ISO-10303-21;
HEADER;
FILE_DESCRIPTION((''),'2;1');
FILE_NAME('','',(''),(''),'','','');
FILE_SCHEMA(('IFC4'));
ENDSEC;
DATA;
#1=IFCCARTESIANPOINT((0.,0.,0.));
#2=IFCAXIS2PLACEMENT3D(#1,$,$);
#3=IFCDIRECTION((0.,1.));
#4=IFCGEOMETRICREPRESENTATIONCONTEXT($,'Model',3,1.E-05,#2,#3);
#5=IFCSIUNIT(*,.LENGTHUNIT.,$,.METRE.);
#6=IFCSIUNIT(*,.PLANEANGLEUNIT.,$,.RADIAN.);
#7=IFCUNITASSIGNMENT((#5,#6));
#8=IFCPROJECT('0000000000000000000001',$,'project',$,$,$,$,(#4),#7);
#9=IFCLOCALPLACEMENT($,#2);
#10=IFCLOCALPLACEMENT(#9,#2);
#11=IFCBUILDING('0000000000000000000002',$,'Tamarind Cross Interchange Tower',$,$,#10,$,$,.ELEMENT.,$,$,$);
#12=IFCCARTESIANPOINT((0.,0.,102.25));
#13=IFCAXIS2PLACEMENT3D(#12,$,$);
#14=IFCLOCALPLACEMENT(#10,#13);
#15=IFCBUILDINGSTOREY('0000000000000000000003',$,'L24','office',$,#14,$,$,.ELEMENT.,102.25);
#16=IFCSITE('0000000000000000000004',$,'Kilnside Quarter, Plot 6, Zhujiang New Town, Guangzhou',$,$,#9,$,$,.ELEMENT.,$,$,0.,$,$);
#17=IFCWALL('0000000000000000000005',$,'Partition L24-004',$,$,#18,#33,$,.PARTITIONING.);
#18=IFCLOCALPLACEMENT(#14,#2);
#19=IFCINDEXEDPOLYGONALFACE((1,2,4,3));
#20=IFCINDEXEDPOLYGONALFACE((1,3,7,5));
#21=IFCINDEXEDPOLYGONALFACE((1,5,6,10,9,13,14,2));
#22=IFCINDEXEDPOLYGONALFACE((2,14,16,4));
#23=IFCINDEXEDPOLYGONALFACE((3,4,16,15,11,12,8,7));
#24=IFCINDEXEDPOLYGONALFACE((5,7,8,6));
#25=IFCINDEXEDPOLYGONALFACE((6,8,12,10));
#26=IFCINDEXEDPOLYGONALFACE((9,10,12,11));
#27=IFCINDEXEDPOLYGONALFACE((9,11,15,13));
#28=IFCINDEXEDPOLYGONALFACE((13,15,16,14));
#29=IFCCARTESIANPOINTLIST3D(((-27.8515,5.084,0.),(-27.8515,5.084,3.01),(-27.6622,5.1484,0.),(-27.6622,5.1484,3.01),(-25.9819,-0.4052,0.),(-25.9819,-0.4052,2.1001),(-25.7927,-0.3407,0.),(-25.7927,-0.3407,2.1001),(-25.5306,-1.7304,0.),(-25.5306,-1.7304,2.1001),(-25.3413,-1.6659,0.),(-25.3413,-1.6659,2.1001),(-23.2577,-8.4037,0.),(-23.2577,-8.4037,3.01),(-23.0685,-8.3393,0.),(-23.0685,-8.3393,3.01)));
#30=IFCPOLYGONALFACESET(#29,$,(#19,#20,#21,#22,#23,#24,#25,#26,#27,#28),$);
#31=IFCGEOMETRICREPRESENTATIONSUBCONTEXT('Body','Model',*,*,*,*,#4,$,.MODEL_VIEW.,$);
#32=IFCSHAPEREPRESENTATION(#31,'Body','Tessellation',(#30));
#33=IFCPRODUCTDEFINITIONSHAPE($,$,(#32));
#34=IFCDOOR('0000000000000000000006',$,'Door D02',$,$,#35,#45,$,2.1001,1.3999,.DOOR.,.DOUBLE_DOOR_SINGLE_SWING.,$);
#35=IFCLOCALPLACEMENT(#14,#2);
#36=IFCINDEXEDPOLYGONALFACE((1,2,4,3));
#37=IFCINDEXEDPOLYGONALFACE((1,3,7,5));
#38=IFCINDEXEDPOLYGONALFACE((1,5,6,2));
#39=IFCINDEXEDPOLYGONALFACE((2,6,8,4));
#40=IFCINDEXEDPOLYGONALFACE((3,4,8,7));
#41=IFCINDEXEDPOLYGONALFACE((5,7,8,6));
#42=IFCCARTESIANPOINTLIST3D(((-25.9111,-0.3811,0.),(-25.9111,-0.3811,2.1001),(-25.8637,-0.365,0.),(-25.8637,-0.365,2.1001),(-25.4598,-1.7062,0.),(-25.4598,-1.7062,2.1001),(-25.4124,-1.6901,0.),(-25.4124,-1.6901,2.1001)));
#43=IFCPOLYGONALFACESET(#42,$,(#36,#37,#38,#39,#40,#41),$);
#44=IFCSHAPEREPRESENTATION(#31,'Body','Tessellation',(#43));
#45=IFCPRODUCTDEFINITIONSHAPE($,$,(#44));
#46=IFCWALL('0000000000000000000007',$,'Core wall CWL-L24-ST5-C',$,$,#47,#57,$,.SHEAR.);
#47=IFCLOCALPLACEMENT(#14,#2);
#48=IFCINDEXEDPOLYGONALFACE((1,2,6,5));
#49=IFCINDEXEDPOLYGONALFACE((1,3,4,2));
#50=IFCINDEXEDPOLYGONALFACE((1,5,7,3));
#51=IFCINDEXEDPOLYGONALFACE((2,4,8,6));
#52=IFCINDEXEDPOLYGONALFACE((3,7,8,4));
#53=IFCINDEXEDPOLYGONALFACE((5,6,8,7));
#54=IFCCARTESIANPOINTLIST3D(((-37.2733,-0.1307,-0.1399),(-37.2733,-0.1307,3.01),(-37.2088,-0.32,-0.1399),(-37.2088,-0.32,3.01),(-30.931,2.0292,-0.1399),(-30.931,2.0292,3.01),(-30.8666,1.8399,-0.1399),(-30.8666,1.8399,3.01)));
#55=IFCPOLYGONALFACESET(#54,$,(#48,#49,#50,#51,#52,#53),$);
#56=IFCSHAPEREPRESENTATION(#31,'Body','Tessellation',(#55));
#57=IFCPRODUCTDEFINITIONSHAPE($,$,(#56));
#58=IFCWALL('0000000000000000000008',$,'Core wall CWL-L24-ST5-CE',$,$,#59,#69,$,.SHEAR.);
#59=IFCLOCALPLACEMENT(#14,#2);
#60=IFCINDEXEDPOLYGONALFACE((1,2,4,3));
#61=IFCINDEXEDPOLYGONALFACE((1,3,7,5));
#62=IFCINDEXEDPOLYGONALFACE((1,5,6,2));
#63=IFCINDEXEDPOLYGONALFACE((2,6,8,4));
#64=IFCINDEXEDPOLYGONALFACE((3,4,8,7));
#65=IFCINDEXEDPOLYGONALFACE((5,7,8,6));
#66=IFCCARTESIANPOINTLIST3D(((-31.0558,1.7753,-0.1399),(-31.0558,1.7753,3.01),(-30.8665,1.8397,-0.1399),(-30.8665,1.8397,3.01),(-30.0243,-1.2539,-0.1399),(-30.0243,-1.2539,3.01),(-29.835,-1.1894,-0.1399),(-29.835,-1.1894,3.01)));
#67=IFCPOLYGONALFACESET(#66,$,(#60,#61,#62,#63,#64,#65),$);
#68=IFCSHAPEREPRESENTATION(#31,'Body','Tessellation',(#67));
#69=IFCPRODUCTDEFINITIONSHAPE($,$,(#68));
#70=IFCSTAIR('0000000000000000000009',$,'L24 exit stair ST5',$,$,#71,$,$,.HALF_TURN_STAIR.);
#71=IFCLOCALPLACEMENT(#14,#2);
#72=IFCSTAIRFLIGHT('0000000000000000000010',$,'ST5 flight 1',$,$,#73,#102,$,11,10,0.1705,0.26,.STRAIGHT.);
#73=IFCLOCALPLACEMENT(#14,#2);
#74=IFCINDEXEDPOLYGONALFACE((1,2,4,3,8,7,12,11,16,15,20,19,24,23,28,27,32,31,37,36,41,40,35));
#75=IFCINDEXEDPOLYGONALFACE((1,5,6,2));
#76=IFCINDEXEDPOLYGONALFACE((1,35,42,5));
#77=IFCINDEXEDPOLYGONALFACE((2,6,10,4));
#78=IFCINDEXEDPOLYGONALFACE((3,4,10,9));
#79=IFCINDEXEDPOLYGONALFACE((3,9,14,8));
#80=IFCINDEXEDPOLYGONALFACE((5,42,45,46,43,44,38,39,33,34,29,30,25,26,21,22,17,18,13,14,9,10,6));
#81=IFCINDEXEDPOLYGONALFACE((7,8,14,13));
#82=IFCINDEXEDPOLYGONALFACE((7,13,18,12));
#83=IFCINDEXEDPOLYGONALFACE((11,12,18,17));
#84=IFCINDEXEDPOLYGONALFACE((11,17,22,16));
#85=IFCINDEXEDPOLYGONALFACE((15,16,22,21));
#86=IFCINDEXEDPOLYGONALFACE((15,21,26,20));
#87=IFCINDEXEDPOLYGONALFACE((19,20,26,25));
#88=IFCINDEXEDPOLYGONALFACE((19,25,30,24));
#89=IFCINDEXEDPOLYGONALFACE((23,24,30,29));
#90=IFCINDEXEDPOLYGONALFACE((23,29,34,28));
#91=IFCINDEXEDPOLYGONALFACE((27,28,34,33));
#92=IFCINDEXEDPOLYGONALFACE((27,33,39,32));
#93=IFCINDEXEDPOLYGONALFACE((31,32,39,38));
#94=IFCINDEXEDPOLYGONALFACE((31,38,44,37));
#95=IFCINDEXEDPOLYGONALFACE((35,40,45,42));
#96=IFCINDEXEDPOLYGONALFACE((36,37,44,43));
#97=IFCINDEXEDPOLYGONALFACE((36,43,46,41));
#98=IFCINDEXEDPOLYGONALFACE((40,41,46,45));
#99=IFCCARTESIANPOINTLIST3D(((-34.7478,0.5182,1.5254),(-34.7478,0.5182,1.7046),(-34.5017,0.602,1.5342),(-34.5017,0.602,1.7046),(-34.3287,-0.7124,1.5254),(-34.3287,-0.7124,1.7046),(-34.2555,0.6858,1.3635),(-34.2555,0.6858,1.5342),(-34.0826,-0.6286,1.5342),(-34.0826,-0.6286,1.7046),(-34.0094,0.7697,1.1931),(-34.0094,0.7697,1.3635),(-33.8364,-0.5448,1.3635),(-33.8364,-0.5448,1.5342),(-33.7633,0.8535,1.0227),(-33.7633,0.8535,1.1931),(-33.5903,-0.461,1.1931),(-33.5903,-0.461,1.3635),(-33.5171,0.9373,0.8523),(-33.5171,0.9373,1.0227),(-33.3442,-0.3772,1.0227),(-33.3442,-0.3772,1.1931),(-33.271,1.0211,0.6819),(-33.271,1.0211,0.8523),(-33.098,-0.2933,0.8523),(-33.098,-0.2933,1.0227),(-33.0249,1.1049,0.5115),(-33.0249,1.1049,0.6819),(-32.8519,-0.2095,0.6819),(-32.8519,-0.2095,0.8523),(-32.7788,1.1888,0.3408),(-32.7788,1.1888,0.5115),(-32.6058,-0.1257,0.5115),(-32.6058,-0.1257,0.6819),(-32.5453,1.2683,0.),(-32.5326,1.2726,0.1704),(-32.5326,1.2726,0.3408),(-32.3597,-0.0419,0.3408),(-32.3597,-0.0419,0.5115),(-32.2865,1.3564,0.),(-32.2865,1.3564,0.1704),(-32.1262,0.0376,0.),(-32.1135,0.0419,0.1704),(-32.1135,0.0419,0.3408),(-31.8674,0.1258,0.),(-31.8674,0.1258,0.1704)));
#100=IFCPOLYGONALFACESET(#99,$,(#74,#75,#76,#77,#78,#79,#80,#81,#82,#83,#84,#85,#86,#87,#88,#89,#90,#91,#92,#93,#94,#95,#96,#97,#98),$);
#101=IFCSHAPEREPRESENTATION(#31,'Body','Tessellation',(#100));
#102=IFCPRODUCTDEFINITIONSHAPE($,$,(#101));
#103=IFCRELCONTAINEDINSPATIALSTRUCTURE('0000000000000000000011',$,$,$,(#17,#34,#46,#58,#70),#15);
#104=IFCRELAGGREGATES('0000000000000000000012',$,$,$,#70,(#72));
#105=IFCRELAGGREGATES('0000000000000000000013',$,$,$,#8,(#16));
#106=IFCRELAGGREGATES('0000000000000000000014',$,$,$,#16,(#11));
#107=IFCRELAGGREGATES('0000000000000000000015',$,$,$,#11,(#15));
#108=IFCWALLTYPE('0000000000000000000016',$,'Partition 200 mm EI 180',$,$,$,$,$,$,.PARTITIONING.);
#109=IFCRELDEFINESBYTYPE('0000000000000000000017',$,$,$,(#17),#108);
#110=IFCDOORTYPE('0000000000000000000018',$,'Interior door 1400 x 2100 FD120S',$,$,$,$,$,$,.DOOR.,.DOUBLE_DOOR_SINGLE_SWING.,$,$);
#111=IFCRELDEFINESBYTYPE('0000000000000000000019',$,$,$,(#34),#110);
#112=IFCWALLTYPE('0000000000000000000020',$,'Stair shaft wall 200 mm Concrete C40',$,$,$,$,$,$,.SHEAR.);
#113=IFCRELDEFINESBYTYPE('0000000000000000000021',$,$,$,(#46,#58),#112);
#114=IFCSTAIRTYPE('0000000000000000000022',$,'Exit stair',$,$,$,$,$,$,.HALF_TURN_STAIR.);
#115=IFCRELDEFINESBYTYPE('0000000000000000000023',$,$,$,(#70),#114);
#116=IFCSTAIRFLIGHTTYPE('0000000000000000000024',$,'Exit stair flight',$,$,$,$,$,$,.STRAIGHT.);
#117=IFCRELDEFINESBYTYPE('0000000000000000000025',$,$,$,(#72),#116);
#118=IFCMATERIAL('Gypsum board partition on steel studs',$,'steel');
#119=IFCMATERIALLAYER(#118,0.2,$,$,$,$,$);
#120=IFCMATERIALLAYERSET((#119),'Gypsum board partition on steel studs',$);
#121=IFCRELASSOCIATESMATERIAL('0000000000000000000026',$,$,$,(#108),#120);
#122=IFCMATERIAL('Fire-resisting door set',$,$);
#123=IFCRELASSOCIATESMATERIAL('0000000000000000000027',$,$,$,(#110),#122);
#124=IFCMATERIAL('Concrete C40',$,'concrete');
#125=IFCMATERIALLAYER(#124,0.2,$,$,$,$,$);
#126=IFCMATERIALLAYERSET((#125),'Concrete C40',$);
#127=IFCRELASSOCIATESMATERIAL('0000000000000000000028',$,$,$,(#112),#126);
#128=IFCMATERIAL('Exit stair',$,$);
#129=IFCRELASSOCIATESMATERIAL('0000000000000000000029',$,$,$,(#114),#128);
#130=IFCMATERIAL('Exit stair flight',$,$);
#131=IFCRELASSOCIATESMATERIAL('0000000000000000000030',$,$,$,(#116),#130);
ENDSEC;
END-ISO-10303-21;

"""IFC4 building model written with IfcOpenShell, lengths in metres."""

from ifc_helpers import new_model, si_unit, direction, frame, frame_2d, origin, place, context, subcontext, project, spatial, polyline, rectangle, outline, extrude, material, layer, layer_set, type_object, element, fill, aggregate, save


model = new_model("IFC4")

# Units and contexts
model_context = context("Model", 3, precision=1e-05, world=origin(), true_north=direction((0.0, 1.0)))
body_context = subcontext(model_context, "Body", "Model", "MODEL_VIEW")
ifc_project = project(units=[si_unit("LENGTHUNIT", "METRE"), si_unit("PLANEANGLEUNIT", "RADIAN")], contexts=[model_context])

# Site, building, storey
site_placement = place(None, origin())
site = spatial("IfcSite", under=ifc_project, at=site_placement, Name="Kilnside Quarter, Plot 6, Zhujiang New Town, Guangzhou", CompositionType="ELEMENT", RefElevation=0.0)
building_placement = place(site_placement, origin())
building = spatial("IfcBuilding", under=site, at=building_placement, Name="Tamarind Cross Interchange Tower", CompositionType="ELEMENT")
storey_placement = place(building_placement, frame((0.0, 0.0, 102.25)))
storey = spatial("IfcBuildingStorey", under=building, at=storey_placement, Name="L24", Description="office", CompositionType="ELEMENT", Elevation=102.25)

# Shared definitions
ifc_material_1 = material(Name="Gypsum board partition on steel studs", Category="steel")

# Shared definitions
ifc_material_2 = material(Name="Fire-resisting door set")

# Wall, opening, door
ifc_layer_1 = layer(ifc_material_1, 0.2)
ifc_layer_set_1 = layer_set([ifc_layer_1], Name="Gypsum board partition on steel studs")
wall_type_1 = type_object("IfcWallType", Name="Partition 200 mm EI 180", PredefinedType="PARTITIONING", material=ifc_layer_set_1)
wall_1_placement = place(storey_placement, frame((-27.7568, 5.1162, 0.0), z_axis=(0.0, 0.0, 1.0), x_axis=(0.3224, -0.946604, 0.0)))
wall_1 = element("IfcWall", 1, at=wall_1_placement, inside=storey, type_object=wall_type_1, Name="Partition L24-004", PredefinedType="PARTITIONING", context=body_context, shape_type="SweptSolid", body=[
    extrude(rectangle(XDim=14.2485, YDim=0.2, at=frame_2d((7.1243, 0.0))), origin(), (0.0, 0.0, 1.0), 3.01),
])
opening_1_placement = place(wall_1_placement, frame((5.7988, 0.0, 0.0)))
opening_1 = element("IfcOpeningElement", 2, at=opening_1_placement, cuts=wall_1, PredefinedType="OPENING", context=body_context, shape_type="SweptSolid", body=[
    extrude(rectangle(XDim=1.3999, YDim=2.1001, at=frame_2d((0.7, 1.05))), frame((0.0, 0.1099, 0.0), z_axis=(0.0, -1.0, 0.0), x_axis=(1.0, 0.0, 0.0)), (0.0, 0.0, 1.0), 0.22),
])
door_type_1 = type_object("IfcDoorType", Name="Interior door 1400 x 2100 FD120S", OperationType="DOUBLE_DOOR_SINGLE_SWING", PredefinedType="DOOR", material=ifc_material_2)
door_1_placement = place(opening_1_placement, origin())
door_1 = element("IfcDoor", 3, at=door_1_placement, inside=storey, type_object=door_type_1, Name="Door D02", OperationType="DOUBLE_DOOR_SINGLE_SWING", OverallHeight=2.1001, OverallWidth=1.3999, PredefinedType="DOOR", context=body_context, shape_type="SweptSolid", body=[
    extrude(rectangle(XDim=1.3999, YDim=2.1001, at=frame_2d((0.7, 1.05))), frame((0.0, 0.0249, 0.0), z_axis=(0.0, -1.0, 0.0), x_axis=(1.0, 0.0, 0.0)), (0.0, 0.0, 1.0), 0.05),
])
fill(opening_1, door_1)

# Walls
ifc_material_3 = material(Name="Concrete C40", Category="concrete")
ifc_layer_2 = layer(ifc_material_3, 0.2)
ifc_layer_set_2 = layer_set([ifc_layer_2], Name="Concrete C40")
wall_type_2 = type_object("IfcWallType", Name="Stair shaft wall 200 mm Concrete C40", PredefinedType="SHEAR", material=ifc_layer_set_2)
wall_2_placement = place(storey_placement, frame((-30.8987, 1.9346, -0.1399), z_axis=(0.0, 0.0, 1.0), x_axis=(-0.946612, -0.322376, 0.0)))
element("IfcWall", 4, at=wall_2_placement, inside=storey, type_object=wall_type_2, Name="Core wall CWL-L24-ST5-C", PredefinedType="SHEAR", context=body_context, shape_type="SweptSolid", body=[
    extrude(rectangle(XDim=6.7, YDim=0.2, at=frame_2d((3.3501, 0.0))), origin(), (0.0, 0.0, 1.0), 3.1499),
])
wall_3_placement = place(storey_placement, frame((-30.9612, 1.8076, -0.1399), z_axis=(0.0, 0.0, 1.0), x_axis=(0.322355, -0.946619, 0.0)))
element("IfcWall", 5, at=wall_3_placement, inside=storey, type_object=wall_type_2, Name="Core wall CWL-L24-ST5-CE", PredefinedType="SHEAR", context=body_context, shape_type="SweptSolid", body=[
    extrude(rectangle(XDim=3.2, YDim=0.2, at=frame_2d((1.6001, 0.0))), origin(), (0.0, 0.0, 1.0), 3.1499),
])

# Stair, stair flight
ifc_material_4 = material(Name="Exit stair")
stair_type = type_object("IfcStairType", Name="Exit stair", PredefinedType="HALF_TURN_STAIR", material=ifc_material_4)
stair_placement = place(storey_placement, origin())
stair = element("IfcStair", 6, at=stair_placement, inside=storey, type_object=stair_type, Name="L24 exit stair ST5", PredefinedType="HALF_TURN_STAIR")
ifc_material_5 = material(Name="Exit stair flight")
stair_flight_type = type_object("IfcStairFlightType", Name="Exit stair flight", PredefinedType="STRAIGHT", material=ifc_material_5)
stair_flight_placement = place(storey_placement, frame((-32.0769, 0.741, 0.0), z_axis=(0.0, 0.0, 1.0), x_axis=(-0.946613, -0.322371, 0.0)))
stair_flight = element("IfcStairFlight", 7, at=stair_flight_placement, type_object=stair_flight_type, Name="ST5 flight 1", NumberOfRisers=11, NumberOfTreads=10, PredefinedType="STRAIGHT", RiserHeight=0.1705, TreadLength=0.26, context=body_context, shape_type="SweptSolid", body=[
    extrude(outline(polyline([(0.0, 0.0), (0.0, 0.1704), (0.26, 0.1704), (0.26, 0.3408), (0.52, 0.3408), (0.52, 0.5115), (0.78, 0.5115), (0.78, 0.6819), (1.04, 0.6819), (1.04, 0.8523), (1.3, 0.8523), (1.3, 1.0227), (1.5601, 1.0227), (1.5601, 1.1931), (1.8201, 1.1931), (1.8201, 1.3635), (2.0801, 1.3635), (2.0801, 1.5342), (2.3401, 1.5342), (2.3401, 1.7046), (2.6001, 1.7046), (2.6001, 1.875), (2.6001, 1.5254), (0.2734, 0.0), (0.0, 0.0)])), frame((0.0, 0.6499, 0.0), z_axis=(0.0, -1.0, 0.0), x_axis=(1.0, 0.0, 0.0)), (0.0, 0.0, 1.0), 1.3),
])
aggregate(stair, [stair_flight])

save(model, "model.ifc")
